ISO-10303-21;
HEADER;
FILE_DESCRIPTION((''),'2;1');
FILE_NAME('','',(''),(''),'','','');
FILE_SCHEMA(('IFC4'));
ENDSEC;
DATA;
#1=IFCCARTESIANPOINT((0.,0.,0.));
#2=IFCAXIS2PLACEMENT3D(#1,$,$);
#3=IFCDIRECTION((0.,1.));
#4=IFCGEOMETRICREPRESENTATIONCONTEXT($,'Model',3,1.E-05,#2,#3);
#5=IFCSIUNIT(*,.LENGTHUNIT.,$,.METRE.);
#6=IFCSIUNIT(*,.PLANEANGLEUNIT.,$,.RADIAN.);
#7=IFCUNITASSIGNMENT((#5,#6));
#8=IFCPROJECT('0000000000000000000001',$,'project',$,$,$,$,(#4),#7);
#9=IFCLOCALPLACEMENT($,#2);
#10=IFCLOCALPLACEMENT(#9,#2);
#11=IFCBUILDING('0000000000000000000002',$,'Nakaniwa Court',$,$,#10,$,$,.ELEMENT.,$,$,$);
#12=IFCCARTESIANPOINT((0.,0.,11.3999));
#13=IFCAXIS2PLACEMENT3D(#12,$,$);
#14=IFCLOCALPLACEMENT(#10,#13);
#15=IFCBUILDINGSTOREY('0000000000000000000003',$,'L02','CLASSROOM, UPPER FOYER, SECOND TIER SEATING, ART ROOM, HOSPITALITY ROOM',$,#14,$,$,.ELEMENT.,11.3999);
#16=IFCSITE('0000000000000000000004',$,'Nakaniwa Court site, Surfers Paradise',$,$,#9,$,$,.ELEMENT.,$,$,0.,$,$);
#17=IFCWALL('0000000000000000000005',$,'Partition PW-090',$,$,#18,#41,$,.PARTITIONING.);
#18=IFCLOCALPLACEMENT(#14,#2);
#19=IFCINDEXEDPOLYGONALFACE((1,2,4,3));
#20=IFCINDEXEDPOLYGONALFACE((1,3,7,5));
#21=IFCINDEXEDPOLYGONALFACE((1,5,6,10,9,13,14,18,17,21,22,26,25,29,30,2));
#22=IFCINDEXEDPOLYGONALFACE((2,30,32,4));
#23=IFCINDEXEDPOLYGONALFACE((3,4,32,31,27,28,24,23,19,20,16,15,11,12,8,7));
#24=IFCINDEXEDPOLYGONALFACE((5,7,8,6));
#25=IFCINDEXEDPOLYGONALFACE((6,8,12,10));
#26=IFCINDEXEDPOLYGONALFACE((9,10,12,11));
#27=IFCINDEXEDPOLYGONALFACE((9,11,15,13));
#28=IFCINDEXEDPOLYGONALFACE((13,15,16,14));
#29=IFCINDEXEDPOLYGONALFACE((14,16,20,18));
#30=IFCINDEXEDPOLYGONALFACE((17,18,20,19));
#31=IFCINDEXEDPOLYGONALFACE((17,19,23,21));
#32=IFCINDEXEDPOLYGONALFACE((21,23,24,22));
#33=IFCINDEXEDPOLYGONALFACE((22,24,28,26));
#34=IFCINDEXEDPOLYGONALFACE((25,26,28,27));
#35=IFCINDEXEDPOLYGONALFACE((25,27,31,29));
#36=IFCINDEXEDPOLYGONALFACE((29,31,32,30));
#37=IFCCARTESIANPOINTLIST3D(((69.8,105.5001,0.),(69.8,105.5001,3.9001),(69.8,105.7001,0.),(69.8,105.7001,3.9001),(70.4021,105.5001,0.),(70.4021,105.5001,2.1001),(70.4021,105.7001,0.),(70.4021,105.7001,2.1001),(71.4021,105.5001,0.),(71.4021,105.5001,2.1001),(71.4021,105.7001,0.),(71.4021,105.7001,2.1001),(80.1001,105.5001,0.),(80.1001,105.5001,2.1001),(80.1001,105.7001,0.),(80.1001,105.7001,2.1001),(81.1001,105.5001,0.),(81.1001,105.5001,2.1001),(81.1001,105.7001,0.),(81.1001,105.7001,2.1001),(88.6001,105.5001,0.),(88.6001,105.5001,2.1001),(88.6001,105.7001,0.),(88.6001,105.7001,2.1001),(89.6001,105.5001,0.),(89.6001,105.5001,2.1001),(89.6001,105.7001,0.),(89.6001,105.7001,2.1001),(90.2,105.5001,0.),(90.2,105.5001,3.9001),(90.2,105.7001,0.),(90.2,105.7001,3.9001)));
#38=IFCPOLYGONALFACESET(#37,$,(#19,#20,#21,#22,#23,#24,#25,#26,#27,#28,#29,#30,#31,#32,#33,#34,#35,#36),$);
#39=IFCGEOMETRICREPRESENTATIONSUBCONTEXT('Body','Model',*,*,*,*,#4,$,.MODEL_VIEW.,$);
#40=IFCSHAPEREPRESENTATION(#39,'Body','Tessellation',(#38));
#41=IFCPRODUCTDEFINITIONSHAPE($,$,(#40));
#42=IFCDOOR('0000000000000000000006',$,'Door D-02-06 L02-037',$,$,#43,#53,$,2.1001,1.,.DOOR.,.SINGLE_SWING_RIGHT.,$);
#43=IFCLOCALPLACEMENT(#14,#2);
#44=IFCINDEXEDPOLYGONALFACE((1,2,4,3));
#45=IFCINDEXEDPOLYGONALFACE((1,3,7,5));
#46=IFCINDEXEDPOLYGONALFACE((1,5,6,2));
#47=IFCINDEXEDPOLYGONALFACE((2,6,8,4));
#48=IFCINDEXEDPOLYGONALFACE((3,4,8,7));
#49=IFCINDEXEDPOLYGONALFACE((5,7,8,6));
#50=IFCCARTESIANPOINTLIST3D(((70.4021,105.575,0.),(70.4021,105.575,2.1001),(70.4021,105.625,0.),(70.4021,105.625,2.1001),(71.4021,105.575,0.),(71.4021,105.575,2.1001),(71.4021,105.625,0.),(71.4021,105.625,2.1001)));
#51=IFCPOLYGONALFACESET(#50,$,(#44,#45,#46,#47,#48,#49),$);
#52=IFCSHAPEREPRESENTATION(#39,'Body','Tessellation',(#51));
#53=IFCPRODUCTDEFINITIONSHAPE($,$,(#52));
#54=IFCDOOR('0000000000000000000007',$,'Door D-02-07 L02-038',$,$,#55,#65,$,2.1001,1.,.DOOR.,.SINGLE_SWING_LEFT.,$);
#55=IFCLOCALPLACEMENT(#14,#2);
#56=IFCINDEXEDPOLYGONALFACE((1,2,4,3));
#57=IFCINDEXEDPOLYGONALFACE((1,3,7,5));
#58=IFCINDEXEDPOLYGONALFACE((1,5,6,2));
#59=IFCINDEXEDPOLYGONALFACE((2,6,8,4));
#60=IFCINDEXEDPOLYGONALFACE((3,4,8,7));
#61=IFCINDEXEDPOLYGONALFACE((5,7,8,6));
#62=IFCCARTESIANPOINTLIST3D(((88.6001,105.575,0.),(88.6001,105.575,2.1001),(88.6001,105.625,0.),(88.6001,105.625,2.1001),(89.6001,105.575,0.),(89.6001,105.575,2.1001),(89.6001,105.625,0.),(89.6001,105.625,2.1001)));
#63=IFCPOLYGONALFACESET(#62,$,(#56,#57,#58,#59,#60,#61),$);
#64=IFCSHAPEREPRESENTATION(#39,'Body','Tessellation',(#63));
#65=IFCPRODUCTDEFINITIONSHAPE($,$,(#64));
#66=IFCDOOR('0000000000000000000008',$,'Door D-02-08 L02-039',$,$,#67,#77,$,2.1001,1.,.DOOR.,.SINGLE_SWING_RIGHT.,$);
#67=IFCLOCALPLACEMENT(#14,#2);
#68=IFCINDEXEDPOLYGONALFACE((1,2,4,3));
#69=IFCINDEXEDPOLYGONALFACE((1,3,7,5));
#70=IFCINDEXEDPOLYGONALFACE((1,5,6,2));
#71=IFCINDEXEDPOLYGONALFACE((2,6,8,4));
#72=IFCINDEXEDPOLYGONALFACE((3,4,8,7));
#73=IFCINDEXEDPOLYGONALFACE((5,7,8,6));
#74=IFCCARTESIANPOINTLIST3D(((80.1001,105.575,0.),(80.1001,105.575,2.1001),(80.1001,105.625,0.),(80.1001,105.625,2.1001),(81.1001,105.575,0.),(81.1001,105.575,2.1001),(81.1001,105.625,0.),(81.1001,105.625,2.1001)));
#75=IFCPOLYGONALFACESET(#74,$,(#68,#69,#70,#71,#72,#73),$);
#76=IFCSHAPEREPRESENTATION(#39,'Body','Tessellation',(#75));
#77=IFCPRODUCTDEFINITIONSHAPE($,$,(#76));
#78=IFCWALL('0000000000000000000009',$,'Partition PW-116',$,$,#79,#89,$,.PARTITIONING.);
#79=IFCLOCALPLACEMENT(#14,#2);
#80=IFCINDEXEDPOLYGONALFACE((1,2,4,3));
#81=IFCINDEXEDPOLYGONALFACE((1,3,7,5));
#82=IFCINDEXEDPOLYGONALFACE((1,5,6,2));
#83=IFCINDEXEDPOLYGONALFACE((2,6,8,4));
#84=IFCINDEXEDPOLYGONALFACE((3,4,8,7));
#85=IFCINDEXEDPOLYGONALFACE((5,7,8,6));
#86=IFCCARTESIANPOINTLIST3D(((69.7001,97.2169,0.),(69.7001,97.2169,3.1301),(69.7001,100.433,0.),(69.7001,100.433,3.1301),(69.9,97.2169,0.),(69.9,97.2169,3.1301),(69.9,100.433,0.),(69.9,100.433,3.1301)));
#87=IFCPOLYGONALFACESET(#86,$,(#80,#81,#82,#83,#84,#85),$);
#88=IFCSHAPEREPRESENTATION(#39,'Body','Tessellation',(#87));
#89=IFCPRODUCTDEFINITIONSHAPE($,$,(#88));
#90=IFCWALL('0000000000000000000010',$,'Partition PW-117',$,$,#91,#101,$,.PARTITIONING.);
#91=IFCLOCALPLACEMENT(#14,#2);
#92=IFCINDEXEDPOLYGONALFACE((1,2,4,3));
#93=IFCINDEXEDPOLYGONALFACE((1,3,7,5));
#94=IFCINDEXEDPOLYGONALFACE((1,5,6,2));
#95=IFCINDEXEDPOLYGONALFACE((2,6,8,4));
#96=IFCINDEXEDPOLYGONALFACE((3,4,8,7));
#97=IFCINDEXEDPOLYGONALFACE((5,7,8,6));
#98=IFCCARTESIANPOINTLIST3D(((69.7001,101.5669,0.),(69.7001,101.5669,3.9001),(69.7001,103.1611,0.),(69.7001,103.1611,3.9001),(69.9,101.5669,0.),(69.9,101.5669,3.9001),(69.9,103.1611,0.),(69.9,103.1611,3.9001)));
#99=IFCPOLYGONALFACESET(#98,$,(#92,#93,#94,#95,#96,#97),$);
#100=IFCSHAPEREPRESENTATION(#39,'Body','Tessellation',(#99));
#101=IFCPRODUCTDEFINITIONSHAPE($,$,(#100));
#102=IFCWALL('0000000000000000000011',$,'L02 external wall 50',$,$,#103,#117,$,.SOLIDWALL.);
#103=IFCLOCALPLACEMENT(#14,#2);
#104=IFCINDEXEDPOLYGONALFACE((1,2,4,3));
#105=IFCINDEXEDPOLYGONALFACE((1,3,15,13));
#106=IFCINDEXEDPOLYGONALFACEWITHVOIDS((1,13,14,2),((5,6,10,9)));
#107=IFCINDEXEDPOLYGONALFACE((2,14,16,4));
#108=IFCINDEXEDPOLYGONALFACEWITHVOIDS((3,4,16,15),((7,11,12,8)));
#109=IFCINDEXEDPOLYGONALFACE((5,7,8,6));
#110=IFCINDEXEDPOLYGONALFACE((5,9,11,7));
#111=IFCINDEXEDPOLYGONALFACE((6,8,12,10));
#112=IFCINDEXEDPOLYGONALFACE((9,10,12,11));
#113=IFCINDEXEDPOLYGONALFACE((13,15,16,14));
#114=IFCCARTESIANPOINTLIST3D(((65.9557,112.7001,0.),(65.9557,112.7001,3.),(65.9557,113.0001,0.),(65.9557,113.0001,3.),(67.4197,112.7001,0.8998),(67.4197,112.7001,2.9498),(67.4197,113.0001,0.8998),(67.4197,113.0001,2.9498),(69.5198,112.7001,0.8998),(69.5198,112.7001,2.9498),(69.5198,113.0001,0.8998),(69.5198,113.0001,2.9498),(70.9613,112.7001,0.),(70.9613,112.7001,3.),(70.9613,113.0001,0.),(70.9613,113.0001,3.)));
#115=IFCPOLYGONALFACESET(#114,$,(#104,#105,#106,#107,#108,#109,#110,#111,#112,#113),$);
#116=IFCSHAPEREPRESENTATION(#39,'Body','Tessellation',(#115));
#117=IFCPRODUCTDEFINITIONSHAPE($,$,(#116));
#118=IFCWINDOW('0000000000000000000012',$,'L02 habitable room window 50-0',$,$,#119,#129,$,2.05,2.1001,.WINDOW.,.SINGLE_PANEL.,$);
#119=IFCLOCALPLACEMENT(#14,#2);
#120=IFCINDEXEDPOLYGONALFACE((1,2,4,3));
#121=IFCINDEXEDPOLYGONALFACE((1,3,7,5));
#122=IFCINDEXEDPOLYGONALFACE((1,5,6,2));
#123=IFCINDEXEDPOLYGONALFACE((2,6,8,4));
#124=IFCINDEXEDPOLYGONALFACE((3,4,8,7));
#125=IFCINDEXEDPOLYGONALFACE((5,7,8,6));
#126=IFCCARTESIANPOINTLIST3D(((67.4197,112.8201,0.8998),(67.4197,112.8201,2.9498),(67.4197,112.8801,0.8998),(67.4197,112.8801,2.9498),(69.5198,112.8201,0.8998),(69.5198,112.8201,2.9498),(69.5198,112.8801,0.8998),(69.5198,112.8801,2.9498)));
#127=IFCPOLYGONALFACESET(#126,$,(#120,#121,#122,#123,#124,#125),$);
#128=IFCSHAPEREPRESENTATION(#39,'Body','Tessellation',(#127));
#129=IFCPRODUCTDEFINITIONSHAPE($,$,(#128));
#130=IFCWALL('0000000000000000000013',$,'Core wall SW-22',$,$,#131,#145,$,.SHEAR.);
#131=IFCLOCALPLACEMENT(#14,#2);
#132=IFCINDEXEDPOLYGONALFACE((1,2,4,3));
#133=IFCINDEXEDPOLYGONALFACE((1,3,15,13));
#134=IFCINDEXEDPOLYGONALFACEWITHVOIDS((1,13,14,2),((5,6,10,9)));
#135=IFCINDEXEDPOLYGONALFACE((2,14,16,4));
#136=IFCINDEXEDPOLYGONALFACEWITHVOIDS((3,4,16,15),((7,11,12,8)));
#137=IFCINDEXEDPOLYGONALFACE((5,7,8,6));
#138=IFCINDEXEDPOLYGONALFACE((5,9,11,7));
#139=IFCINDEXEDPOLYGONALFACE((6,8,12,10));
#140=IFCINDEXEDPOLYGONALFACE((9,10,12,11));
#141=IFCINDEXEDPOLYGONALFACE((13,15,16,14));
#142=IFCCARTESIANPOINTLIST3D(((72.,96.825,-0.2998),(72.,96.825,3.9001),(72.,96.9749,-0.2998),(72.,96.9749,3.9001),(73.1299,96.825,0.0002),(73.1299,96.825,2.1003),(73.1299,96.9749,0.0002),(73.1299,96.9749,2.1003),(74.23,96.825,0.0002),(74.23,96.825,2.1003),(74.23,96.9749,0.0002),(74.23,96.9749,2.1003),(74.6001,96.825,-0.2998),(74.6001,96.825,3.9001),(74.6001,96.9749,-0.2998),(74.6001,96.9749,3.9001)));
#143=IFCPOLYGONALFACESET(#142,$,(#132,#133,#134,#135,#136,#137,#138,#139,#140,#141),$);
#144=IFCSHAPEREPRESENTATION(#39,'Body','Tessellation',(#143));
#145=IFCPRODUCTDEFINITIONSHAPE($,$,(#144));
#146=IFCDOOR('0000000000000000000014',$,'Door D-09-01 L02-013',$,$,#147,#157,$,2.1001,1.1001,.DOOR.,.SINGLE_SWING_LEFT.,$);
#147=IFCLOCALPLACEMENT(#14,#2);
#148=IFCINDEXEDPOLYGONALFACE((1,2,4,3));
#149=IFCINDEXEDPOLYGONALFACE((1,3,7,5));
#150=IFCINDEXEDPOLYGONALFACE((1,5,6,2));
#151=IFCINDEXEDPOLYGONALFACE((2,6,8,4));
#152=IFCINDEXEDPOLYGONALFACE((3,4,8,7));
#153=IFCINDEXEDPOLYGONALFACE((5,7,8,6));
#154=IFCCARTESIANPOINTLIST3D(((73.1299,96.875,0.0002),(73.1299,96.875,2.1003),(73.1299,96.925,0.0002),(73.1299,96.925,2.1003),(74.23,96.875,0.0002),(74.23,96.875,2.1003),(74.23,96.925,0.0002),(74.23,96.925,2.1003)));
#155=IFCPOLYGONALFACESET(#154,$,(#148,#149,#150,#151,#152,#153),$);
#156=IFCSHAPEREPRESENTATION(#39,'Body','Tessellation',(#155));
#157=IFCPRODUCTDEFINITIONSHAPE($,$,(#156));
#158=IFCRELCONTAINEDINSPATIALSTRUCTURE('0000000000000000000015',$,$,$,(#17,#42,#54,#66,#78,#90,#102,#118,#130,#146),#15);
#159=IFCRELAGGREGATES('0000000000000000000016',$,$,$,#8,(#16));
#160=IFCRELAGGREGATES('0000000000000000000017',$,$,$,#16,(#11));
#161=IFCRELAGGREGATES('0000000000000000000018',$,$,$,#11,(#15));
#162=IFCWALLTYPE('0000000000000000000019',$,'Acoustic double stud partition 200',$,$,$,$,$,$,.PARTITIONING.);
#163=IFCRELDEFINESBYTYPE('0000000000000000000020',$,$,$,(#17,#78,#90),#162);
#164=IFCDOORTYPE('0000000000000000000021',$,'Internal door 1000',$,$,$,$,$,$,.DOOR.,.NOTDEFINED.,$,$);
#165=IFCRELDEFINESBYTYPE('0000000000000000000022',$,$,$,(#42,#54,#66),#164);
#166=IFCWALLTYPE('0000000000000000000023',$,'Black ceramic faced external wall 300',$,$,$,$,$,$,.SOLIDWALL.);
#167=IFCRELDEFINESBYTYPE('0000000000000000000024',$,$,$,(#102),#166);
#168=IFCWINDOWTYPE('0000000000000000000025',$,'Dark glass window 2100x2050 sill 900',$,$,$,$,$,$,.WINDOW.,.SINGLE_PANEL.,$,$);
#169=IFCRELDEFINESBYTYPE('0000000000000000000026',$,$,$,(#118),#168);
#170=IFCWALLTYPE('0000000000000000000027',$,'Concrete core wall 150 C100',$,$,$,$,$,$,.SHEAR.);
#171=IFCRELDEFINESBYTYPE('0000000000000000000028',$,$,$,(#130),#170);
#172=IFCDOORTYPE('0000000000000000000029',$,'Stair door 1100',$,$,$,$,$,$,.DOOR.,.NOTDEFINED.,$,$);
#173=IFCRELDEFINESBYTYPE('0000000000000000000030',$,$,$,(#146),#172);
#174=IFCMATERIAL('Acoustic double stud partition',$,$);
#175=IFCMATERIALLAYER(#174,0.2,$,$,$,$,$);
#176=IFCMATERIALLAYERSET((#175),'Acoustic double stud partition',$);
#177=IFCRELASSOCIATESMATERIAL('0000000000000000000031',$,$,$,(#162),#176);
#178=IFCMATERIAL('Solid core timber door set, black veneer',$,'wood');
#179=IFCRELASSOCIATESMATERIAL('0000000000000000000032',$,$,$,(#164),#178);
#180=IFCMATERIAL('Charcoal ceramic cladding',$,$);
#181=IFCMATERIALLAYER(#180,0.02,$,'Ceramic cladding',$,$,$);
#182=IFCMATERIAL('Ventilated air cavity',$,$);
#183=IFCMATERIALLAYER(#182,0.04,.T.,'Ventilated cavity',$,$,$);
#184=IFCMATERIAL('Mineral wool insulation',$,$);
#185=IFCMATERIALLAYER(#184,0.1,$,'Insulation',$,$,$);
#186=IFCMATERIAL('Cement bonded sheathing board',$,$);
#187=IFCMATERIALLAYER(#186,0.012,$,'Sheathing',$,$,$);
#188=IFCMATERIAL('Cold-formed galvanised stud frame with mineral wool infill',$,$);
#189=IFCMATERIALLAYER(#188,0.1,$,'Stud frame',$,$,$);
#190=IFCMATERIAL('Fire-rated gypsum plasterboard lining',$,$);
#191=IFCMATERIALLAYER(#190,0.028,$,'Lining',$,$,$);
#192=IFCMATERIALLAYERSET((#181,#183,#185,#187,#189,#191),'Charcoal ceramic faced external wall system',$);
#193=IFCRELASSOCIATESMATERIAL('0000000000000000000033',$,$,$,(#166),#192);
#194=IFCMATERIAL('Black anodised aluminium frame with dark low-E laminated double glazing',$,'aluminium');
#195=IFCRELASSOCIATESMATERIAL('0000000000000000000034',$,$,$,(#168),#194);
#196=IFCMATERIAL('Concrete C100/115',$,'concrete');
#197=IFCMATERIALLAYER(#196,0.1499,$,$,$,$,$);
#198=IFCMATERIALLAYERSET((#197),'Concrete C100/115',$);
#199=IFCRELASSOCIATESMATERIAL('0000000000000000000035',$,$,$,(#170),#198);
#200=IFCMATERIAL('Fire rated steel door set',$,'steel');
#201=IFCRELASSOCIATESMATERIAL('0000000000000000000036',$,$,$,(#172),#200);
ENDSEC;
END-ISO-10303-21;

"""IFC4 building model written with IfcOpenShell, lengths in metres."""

from ifc_helpers import new_model, si_unit, direction, frame, frame_2d, origin, place, context, subcontext, project, spatial, rectangle, extrude, material, layer, layer_set, type_object, element, fill, save


model = new_model("IFC4")

# Units and contexts
model_context = context("Model", 3, precision=1e-05, world=origin(), true_north=direction((0.0, 1.0)))
body_context = subcontext(model_context, "Body", "Model", "MODEL_VIEW")
ifc_project = project(units=[si_unit("LENGTHUNIT", "METRE"), si_unit("PLANEANGLEUNIT", "RADIAN")], contexts=[model_context])

# Site, building, storey
site_placement = place(None, origin())
site = spatial("IfcSite", under=ifc_project, at=site_placement, Name="Nakaniwa Court site, Surfers Paradise", CompositionType="ELEMENT", RefElevation=0.0)
building_placement = place(site_placement, origin())
building = spatial("IfcBuilding", under=site, at=building_placement, Name="Nakaniwa Court", CompositionType="ELEMENT")
storey_placement = place(building_placement, frame((0.0, 0.0, 11.3999)))
storey = spatial("IfcBuildingStorey", under=building, at=storey_placement, Name="L02", Description="CLASSROOM, UPPER FOYER, SECOND TIER SEATING, ART ROOM, HOSPITALITY ROOM", CompositionType="ELEMENT", Elevation=11.3999)

# Shared definitions
ifc_material_1 = material(Name="Concrete C100/115", Category="concrete")

# Wall, openings, doors
ifc_material_2 = material(Name="Acoustic double stud partition")
ifc_layer_1 = layer(ifc_material_2, 0.2)
ifc_layer_set_1 = layer_set([ifc_layer_1], Name="Acoustic double stud partition")
wall_type_1 = type_object("IfcWallType", Name="Acoustic double stud partition 200", PredefinedType="PARTITIONING", material=ifc_layer_set_1)
wall_1_placement = place(storey_placement, frame((69.8, 105.6001, 0.0), z_axis=(0.0, 0.0, 1.0), x_axis=(1.0, 0.0, 0.0)))
wall_1 = element("IfcWall", 1, at=wall_1_placement, inside=storey, type_object=wall_type_1, Name="Partition PW-090", PredefinedType="PARTITIONING", context=body_context, shape_type="SweptSolid", body=[
    extrude(rectangle(XDim=20.3999, YDim=0.2, at=frame_2d((10.2, 0.0))), origin(), (0.0, 0.0, 1.0), 3.9001),
])
opening_1_placement = place(wall_1_placement, frame((0.6021, 0.0, 0.0)))
opening_1 = element("IfcOpeningElement", 2, at=opening_1_placement, cuts=wall_1, PredefinedType="OPENING", context=body_context, shape_type="SweptSolid", body=[
    extrude(rectangle(XDim=1.0, YDim=2.1001, at=frame_2d((0.5, 1.05))), frame((0.0, 0.1099, 0.0), z_axis=(0.0, -1.0, 0.0), x_axis=(1.0, 0.0, 0.0)), (0.0, 0.0, 1.0), 0.22),
])
opening_2_placement = place(wall_1_placement, frame((18.8, 0.0, 0.0)))
opening_2 = element("IfcOpeningElement", 3, at=opening_2_placement, cuts=wall_1, PredefinedType="OPENING", context=body_context, shape_type="SweptSolid", body=[
    extrude(rectangle(XDim=1.0, YDim=2.1001, at=frame_2d((0.5, 1.05))), frame((0.0, 0.1099, 0.0), z_axis=(0.0, -1.0, 0.0), x_axis=(1.0, 0.0, 0.0)), (0.0, 0.0, 1.0), 0.22),
])
opening_3_placement = place(wall_1_placement, frame((10.3, 0.0, 0.0)))
opening_3 = element("IfcOpeningElement", 4, at=opening_3_placement, cuts=wall_1, PredefinedType="OPENING", context=body_context, shape_type="SweptSolid", body=[
    extrude(rectangle(XDim=1.0, YDim=2.1001, at=frame_2d((0.5, 1.05))), frame((0.0, 0.1099, 0.0), z_axis=(0.0, -1.0, 0.0), x_axis=(1.0, 0.0, 0.0)), (0.0, 0.0, 1.0), 0.22),
])
ifc_material_3 = material(Name="Solid core timber door set, black veneer", Category="wood")
door_type_1 = type_object("IfcDoorType", Name="Internal door 1000", OperationType="NOTDEFINED", PredefinedType="DOOR", material=ifc_material_3)
door_1_placement = place(opening_1_placement, origin())
door_1 = element("IfcDoor", 5, at=door_1_placement, inside=storey, type_object=door_type_1, Name="Door D-02-06 L02-037", OperationType="SINGLE_SWING_RIGHT", OverallHeight=2.1001, OverallWidth=1.0, PredefinedType="DOOR", context=body_context, shape_type="SweptSolid", body=[
    extrude(rectangle(XDim=1.0, YDim=2.1001, at=frame_2d((0.5, 1.05))), frame((0.0, 0.0249, 0.0), z_axis=(0.0, -1.0, 0.0), x_axis=(1.0, 0.0, 0.0)), (0.0, 0.0, 1.0), 0.05),
])
fill(opening_1, door_1)
door_2_placement = place(opening_2_placement, origin())
door_2 = element("IfcDoor", 6, at=door_2_placement, inside=storey, type_object=door_type_1, Name="Door D-02-07 L02-038", OperationType="SINGLE_SWING_LEFT", OverallHeight=2.1001, OverallWidth=1.0, PredefinedType="DOOR", context=body_context, shape_type="SweptSolid", body=[
    extrude(rectangle(XDim=1.0, YDim=2.1001, at=frame_2d((0.5, 1.05))), frame((0.0, 0.0249, 0.0), z_axis=(0.0, -1.0, 0.0), x_axis=(1.0, 0.0, 0.0)), (0.0, 0.0, 1.0), 0.05),
])
fill(opening_2, door_2)
door_3_placement = place(opening_3_placement, origin())
door_3 = element("IfcDoor", 7, at=door_3_placement, inside=storey, type_object=door_type_1, Name="Door D-02-08 L02-039", OperationType="SINGLE_SWING_RIGHT", OverallHeight=2.1001, OverallWidth=1.0, PredefinedType="DOOR", context=body_context, shape_type="SweptSolid", body=[
    extrude(rectangle(XDim=1.0, YDim=2.1001, at=frame_2d((0.5, 1.05))), frame((0.0, 0.0249, 0.0), z_axis=(0.0, -1.0, 0.0), x_axis=(1.0, 0.0, 0.0)), (0.0, 0.0, 1.0), 0.05),
])
fill(opening_3, door_3)

# Walls
wall_2_placement = place(storey_placement, frame((69.8, 97.217, 0.0), z_axis=(0.0, 0.0, 1.0), x_axis=(0.0, 1.0, 0.0)))
element("IfcWall", 8, at=wall_2_placement, inside=storey, type_object=wall_type_1, Name="Partition PW-116", PredefinedType="PARTITIONING", context=body_context, shape_type="SweptSolid", body=[
    extrude(rectangle(XDim=3.2161, YDim=0.2, at=frame_2d((1.6079, 0.0))), origin(), (0.0, 0.0, 1.0), 3.1301),
])
wall_3_placement = place(storey_placement, frame((69.8, 101.5669, 0.0), z_axis=(0.0, 0.0, 1.0), x_axis=(0.0, 1.0, 0.0)))
element("IfcWall", 9, at=wall_3_placement, inside=storey, type_object=wall_type_1, Name="Partition PW-117", PredefinedType="PARTITIONING", context=body_context, shape_type="SweptSolid", body=[
    extrude(rectangle(XDim=1.5942, YDim=0.2, at=frame_2d((0.7971, 0.0))), origin(), (0.0, 0.0, 1.0), 3.9001),
])

# Wall, opening, window
ifc_material_4 = material(Name="Charcoal ceramic cladding")
ifc_layer_2 = layer(ifc_material_4, 0.02, Name="Ceramic cladding")
ifc_material_5 = material(Name="Ventilated air cavity")
ifc_layer_3 = layer(ifc_material_5, 0.04, ventilated=True, Name="Ventilated cavity")
ifc_material_6 = material(Name="Mineral wool insulation")
ifc_layer_4 = layer(ifc_material_6, 0.1, Name="Insulation")
ifc_material_7 = material(Name="Cement bonded sheathing board")
ifc_layer_5 = layer(ifc_material_7, 0.012, Name="Sheathing")
ifc_material_8 = material(Name="Cold-formed galvanised stud frame with mineral wool infill")
ifc_layer_6 = layer(ifc_material_8, 0.1, Name="Stud frame")
ifc_material_9 = material(Name="Fire-rated gypsum plasterboard lining")
ifc_layer_7 = layer(ifc_material_9, 0.028, Name="Lining")
ifc_layer_set_2 = layer_set([ifc_layer_2, ifc_layer_3, ifc_layer_4, ifc_layer_5, ifc_layer_6, ifc_layer_7], Name="Charcoal ceramic faced external wall system")
wall_type_2 = type_object("IfcWallType", Name="Black ceramic faced external wall 300", PredefinedType="SOLIDWALL", material=ifc_layer_set_2)
wall_4_placement = place(storey_placement, frame((70.9614, 112.8501, 0.0), z_axis=(0.0, 0.0, 1.0), x_axis=(-1.0, 0.0, 0.0)))
wall_4 = element("IfcWall", 10, at=wall_4_placement, inside=storey, type_object=wall_type_2, Name="L02 external wall 50", PredefinedType="SOLIDWALL", context=body_context, shape_type="SweptSolid", body=[
    extrude(rectangle(XDim=5.0056, YDim=0.3, at=frame_2d((2.5029, 0.0))), origin(), (0.0, 0.0, 1.0), 3.0),
])
opening_4_placement = place(wall_4_placement, frame((1.4417, 0.0, 0.8999)))
opening_4 = element("IfcOpeningElement", 11, at=opening_4_placement, cuts=wall_4, PredefinedType="OPENING", context=body_context, shape_type="SweptSolid", body=[
    extrude(rectangle(XDim=2.1001, YDim=2.05, at=frame_2d((1.05, 1.0249))), frame((0.0, 0.1599, 0.0), z_axis=(0.0, -1.0, 0.0), x_axis=(1.0, 0.0, 0.0)), (0.0, 0.0, 1.0), 0.3201),
])
ifc_material_10 = material(Name="Black anodised aluminium frame with dark low-E laminated double glazing", Category="aluminium")
window_type = type_object("IfcWindowType", Name="Dark glass window 2100x2050 sill 900", PartitioningType="SINGLE_PANEL", PredefinedType="WINDOW", material=ifc_material_10)
window_placement = place(opening_4_placement, origin())
window = element("IfcWindow", 12, at=window_placement, inside=storey, type_object=window_type, Name="L02 habitable room window 50-0", OverallHeight=2.05, OverallWidth=2.1001, PartitioningType="SINGLE_PANEL", PredefinedType="WINDOW", context=body_context, shape_type="SweptSolid", body=[
    extrude(rectangle(XDim=2.1001, YDim=2.05, at=frame_2d((1.05, 1.0249))), frame((0.0, 0.03, 0.0), z_axis=(0.0, -1.0, 0.0), x_axis=(1.0, 0.0, 0.0)), (0.0, 0.0, 1.0), 0.0601),
])
fill(opening_4, window)

# Wall, opening, door
ifc_layer_8 = layer(ifc_material_1, 0.1499)
ifc_layer_set_3 = layer_set([ifc_layer_8], Name="Concrete C100/115")
wall_type_3 = type_object("IfcWallType", Name="Concrete core wall 150 C100", PredefinedType="SHEAR", material=ifc_layer_set_3)
wall_5_placement = place(storey_placement, frame((74.6001, 96.8999, -0.2998), z_axis=(0.0, 0.0, 1.0), x_axis=(-1.0, 0.0, 0.0)))
wall_5 = element("IfcWall", 13, at=wall_5_placement, inside=storey, type_object=wall_type_3, Name="Core wall SW-22", PredefinedType="SHEAR", context=body_context, shape_type="SweptSolid", body=[
    extrude(rectangle(XDim=2.6001, YDim=0.1499, at=frame_2d((1.3, 0.0))), origin(), (0.0, 0.0, 1.0), 4.2),
])
opening_5_placement = place(wall_5_placement, frame((0.3701, 0.0, 0.3)))
opening_5 = element("IfcOpeningElement", 14, at=opening_5_placement, cuts=wall_5, PredefinedType="OPENING", context=body_context, shape_type="SweptSolid", body=[
    extrude(rectangle(XDim=1.1001, YDim=2.1001, at=frame_2d((0.55, 1.05))), frame((0.0, 0.085, 0.0), z_axis=(0.0, -1.0, 0.0), x_axis=(1.0, 0.0, 0.0)), (0.0, 0.0, 1.0), 0.1699),
])
ifc_material_11 = material(Name="Fire rated steel door set", Category="steel")
door_type_2 = type_object("IfcDoorType", Name="Stair door 1100", OperationType="NOTDEFINED", PredefinedType="DOOR", material=ifc_material_11)
door_4_placement = place(opening_5_placement, origin())
door_4 = element("IfcDoor", 15, at=door_4_placement, inside=storey, type_object=door_type_2, Name="Door D-09-01 L02-013", OperationType="SINGLE_SWING_LEFT", OverallHeight=2.1001, OverallWidth=1.1001, PredefinedType="DOOR", context=body_context, shape_type="SweptSolid", body=[
    extrude(rectangle(XDim=1.1001, YDim=2.1001, at=frame_2d((0.55, 1.05))), frame((0.0, 0.0249, 0.0), z_axis=(0.0, -1.0, 0.0), x_axis=(1.0, 0.0, 0.0)), (0.0, 0.0, 1.0), 0.05),
])
fill(opening_5, door_4)

save(model, "model.ifc")
